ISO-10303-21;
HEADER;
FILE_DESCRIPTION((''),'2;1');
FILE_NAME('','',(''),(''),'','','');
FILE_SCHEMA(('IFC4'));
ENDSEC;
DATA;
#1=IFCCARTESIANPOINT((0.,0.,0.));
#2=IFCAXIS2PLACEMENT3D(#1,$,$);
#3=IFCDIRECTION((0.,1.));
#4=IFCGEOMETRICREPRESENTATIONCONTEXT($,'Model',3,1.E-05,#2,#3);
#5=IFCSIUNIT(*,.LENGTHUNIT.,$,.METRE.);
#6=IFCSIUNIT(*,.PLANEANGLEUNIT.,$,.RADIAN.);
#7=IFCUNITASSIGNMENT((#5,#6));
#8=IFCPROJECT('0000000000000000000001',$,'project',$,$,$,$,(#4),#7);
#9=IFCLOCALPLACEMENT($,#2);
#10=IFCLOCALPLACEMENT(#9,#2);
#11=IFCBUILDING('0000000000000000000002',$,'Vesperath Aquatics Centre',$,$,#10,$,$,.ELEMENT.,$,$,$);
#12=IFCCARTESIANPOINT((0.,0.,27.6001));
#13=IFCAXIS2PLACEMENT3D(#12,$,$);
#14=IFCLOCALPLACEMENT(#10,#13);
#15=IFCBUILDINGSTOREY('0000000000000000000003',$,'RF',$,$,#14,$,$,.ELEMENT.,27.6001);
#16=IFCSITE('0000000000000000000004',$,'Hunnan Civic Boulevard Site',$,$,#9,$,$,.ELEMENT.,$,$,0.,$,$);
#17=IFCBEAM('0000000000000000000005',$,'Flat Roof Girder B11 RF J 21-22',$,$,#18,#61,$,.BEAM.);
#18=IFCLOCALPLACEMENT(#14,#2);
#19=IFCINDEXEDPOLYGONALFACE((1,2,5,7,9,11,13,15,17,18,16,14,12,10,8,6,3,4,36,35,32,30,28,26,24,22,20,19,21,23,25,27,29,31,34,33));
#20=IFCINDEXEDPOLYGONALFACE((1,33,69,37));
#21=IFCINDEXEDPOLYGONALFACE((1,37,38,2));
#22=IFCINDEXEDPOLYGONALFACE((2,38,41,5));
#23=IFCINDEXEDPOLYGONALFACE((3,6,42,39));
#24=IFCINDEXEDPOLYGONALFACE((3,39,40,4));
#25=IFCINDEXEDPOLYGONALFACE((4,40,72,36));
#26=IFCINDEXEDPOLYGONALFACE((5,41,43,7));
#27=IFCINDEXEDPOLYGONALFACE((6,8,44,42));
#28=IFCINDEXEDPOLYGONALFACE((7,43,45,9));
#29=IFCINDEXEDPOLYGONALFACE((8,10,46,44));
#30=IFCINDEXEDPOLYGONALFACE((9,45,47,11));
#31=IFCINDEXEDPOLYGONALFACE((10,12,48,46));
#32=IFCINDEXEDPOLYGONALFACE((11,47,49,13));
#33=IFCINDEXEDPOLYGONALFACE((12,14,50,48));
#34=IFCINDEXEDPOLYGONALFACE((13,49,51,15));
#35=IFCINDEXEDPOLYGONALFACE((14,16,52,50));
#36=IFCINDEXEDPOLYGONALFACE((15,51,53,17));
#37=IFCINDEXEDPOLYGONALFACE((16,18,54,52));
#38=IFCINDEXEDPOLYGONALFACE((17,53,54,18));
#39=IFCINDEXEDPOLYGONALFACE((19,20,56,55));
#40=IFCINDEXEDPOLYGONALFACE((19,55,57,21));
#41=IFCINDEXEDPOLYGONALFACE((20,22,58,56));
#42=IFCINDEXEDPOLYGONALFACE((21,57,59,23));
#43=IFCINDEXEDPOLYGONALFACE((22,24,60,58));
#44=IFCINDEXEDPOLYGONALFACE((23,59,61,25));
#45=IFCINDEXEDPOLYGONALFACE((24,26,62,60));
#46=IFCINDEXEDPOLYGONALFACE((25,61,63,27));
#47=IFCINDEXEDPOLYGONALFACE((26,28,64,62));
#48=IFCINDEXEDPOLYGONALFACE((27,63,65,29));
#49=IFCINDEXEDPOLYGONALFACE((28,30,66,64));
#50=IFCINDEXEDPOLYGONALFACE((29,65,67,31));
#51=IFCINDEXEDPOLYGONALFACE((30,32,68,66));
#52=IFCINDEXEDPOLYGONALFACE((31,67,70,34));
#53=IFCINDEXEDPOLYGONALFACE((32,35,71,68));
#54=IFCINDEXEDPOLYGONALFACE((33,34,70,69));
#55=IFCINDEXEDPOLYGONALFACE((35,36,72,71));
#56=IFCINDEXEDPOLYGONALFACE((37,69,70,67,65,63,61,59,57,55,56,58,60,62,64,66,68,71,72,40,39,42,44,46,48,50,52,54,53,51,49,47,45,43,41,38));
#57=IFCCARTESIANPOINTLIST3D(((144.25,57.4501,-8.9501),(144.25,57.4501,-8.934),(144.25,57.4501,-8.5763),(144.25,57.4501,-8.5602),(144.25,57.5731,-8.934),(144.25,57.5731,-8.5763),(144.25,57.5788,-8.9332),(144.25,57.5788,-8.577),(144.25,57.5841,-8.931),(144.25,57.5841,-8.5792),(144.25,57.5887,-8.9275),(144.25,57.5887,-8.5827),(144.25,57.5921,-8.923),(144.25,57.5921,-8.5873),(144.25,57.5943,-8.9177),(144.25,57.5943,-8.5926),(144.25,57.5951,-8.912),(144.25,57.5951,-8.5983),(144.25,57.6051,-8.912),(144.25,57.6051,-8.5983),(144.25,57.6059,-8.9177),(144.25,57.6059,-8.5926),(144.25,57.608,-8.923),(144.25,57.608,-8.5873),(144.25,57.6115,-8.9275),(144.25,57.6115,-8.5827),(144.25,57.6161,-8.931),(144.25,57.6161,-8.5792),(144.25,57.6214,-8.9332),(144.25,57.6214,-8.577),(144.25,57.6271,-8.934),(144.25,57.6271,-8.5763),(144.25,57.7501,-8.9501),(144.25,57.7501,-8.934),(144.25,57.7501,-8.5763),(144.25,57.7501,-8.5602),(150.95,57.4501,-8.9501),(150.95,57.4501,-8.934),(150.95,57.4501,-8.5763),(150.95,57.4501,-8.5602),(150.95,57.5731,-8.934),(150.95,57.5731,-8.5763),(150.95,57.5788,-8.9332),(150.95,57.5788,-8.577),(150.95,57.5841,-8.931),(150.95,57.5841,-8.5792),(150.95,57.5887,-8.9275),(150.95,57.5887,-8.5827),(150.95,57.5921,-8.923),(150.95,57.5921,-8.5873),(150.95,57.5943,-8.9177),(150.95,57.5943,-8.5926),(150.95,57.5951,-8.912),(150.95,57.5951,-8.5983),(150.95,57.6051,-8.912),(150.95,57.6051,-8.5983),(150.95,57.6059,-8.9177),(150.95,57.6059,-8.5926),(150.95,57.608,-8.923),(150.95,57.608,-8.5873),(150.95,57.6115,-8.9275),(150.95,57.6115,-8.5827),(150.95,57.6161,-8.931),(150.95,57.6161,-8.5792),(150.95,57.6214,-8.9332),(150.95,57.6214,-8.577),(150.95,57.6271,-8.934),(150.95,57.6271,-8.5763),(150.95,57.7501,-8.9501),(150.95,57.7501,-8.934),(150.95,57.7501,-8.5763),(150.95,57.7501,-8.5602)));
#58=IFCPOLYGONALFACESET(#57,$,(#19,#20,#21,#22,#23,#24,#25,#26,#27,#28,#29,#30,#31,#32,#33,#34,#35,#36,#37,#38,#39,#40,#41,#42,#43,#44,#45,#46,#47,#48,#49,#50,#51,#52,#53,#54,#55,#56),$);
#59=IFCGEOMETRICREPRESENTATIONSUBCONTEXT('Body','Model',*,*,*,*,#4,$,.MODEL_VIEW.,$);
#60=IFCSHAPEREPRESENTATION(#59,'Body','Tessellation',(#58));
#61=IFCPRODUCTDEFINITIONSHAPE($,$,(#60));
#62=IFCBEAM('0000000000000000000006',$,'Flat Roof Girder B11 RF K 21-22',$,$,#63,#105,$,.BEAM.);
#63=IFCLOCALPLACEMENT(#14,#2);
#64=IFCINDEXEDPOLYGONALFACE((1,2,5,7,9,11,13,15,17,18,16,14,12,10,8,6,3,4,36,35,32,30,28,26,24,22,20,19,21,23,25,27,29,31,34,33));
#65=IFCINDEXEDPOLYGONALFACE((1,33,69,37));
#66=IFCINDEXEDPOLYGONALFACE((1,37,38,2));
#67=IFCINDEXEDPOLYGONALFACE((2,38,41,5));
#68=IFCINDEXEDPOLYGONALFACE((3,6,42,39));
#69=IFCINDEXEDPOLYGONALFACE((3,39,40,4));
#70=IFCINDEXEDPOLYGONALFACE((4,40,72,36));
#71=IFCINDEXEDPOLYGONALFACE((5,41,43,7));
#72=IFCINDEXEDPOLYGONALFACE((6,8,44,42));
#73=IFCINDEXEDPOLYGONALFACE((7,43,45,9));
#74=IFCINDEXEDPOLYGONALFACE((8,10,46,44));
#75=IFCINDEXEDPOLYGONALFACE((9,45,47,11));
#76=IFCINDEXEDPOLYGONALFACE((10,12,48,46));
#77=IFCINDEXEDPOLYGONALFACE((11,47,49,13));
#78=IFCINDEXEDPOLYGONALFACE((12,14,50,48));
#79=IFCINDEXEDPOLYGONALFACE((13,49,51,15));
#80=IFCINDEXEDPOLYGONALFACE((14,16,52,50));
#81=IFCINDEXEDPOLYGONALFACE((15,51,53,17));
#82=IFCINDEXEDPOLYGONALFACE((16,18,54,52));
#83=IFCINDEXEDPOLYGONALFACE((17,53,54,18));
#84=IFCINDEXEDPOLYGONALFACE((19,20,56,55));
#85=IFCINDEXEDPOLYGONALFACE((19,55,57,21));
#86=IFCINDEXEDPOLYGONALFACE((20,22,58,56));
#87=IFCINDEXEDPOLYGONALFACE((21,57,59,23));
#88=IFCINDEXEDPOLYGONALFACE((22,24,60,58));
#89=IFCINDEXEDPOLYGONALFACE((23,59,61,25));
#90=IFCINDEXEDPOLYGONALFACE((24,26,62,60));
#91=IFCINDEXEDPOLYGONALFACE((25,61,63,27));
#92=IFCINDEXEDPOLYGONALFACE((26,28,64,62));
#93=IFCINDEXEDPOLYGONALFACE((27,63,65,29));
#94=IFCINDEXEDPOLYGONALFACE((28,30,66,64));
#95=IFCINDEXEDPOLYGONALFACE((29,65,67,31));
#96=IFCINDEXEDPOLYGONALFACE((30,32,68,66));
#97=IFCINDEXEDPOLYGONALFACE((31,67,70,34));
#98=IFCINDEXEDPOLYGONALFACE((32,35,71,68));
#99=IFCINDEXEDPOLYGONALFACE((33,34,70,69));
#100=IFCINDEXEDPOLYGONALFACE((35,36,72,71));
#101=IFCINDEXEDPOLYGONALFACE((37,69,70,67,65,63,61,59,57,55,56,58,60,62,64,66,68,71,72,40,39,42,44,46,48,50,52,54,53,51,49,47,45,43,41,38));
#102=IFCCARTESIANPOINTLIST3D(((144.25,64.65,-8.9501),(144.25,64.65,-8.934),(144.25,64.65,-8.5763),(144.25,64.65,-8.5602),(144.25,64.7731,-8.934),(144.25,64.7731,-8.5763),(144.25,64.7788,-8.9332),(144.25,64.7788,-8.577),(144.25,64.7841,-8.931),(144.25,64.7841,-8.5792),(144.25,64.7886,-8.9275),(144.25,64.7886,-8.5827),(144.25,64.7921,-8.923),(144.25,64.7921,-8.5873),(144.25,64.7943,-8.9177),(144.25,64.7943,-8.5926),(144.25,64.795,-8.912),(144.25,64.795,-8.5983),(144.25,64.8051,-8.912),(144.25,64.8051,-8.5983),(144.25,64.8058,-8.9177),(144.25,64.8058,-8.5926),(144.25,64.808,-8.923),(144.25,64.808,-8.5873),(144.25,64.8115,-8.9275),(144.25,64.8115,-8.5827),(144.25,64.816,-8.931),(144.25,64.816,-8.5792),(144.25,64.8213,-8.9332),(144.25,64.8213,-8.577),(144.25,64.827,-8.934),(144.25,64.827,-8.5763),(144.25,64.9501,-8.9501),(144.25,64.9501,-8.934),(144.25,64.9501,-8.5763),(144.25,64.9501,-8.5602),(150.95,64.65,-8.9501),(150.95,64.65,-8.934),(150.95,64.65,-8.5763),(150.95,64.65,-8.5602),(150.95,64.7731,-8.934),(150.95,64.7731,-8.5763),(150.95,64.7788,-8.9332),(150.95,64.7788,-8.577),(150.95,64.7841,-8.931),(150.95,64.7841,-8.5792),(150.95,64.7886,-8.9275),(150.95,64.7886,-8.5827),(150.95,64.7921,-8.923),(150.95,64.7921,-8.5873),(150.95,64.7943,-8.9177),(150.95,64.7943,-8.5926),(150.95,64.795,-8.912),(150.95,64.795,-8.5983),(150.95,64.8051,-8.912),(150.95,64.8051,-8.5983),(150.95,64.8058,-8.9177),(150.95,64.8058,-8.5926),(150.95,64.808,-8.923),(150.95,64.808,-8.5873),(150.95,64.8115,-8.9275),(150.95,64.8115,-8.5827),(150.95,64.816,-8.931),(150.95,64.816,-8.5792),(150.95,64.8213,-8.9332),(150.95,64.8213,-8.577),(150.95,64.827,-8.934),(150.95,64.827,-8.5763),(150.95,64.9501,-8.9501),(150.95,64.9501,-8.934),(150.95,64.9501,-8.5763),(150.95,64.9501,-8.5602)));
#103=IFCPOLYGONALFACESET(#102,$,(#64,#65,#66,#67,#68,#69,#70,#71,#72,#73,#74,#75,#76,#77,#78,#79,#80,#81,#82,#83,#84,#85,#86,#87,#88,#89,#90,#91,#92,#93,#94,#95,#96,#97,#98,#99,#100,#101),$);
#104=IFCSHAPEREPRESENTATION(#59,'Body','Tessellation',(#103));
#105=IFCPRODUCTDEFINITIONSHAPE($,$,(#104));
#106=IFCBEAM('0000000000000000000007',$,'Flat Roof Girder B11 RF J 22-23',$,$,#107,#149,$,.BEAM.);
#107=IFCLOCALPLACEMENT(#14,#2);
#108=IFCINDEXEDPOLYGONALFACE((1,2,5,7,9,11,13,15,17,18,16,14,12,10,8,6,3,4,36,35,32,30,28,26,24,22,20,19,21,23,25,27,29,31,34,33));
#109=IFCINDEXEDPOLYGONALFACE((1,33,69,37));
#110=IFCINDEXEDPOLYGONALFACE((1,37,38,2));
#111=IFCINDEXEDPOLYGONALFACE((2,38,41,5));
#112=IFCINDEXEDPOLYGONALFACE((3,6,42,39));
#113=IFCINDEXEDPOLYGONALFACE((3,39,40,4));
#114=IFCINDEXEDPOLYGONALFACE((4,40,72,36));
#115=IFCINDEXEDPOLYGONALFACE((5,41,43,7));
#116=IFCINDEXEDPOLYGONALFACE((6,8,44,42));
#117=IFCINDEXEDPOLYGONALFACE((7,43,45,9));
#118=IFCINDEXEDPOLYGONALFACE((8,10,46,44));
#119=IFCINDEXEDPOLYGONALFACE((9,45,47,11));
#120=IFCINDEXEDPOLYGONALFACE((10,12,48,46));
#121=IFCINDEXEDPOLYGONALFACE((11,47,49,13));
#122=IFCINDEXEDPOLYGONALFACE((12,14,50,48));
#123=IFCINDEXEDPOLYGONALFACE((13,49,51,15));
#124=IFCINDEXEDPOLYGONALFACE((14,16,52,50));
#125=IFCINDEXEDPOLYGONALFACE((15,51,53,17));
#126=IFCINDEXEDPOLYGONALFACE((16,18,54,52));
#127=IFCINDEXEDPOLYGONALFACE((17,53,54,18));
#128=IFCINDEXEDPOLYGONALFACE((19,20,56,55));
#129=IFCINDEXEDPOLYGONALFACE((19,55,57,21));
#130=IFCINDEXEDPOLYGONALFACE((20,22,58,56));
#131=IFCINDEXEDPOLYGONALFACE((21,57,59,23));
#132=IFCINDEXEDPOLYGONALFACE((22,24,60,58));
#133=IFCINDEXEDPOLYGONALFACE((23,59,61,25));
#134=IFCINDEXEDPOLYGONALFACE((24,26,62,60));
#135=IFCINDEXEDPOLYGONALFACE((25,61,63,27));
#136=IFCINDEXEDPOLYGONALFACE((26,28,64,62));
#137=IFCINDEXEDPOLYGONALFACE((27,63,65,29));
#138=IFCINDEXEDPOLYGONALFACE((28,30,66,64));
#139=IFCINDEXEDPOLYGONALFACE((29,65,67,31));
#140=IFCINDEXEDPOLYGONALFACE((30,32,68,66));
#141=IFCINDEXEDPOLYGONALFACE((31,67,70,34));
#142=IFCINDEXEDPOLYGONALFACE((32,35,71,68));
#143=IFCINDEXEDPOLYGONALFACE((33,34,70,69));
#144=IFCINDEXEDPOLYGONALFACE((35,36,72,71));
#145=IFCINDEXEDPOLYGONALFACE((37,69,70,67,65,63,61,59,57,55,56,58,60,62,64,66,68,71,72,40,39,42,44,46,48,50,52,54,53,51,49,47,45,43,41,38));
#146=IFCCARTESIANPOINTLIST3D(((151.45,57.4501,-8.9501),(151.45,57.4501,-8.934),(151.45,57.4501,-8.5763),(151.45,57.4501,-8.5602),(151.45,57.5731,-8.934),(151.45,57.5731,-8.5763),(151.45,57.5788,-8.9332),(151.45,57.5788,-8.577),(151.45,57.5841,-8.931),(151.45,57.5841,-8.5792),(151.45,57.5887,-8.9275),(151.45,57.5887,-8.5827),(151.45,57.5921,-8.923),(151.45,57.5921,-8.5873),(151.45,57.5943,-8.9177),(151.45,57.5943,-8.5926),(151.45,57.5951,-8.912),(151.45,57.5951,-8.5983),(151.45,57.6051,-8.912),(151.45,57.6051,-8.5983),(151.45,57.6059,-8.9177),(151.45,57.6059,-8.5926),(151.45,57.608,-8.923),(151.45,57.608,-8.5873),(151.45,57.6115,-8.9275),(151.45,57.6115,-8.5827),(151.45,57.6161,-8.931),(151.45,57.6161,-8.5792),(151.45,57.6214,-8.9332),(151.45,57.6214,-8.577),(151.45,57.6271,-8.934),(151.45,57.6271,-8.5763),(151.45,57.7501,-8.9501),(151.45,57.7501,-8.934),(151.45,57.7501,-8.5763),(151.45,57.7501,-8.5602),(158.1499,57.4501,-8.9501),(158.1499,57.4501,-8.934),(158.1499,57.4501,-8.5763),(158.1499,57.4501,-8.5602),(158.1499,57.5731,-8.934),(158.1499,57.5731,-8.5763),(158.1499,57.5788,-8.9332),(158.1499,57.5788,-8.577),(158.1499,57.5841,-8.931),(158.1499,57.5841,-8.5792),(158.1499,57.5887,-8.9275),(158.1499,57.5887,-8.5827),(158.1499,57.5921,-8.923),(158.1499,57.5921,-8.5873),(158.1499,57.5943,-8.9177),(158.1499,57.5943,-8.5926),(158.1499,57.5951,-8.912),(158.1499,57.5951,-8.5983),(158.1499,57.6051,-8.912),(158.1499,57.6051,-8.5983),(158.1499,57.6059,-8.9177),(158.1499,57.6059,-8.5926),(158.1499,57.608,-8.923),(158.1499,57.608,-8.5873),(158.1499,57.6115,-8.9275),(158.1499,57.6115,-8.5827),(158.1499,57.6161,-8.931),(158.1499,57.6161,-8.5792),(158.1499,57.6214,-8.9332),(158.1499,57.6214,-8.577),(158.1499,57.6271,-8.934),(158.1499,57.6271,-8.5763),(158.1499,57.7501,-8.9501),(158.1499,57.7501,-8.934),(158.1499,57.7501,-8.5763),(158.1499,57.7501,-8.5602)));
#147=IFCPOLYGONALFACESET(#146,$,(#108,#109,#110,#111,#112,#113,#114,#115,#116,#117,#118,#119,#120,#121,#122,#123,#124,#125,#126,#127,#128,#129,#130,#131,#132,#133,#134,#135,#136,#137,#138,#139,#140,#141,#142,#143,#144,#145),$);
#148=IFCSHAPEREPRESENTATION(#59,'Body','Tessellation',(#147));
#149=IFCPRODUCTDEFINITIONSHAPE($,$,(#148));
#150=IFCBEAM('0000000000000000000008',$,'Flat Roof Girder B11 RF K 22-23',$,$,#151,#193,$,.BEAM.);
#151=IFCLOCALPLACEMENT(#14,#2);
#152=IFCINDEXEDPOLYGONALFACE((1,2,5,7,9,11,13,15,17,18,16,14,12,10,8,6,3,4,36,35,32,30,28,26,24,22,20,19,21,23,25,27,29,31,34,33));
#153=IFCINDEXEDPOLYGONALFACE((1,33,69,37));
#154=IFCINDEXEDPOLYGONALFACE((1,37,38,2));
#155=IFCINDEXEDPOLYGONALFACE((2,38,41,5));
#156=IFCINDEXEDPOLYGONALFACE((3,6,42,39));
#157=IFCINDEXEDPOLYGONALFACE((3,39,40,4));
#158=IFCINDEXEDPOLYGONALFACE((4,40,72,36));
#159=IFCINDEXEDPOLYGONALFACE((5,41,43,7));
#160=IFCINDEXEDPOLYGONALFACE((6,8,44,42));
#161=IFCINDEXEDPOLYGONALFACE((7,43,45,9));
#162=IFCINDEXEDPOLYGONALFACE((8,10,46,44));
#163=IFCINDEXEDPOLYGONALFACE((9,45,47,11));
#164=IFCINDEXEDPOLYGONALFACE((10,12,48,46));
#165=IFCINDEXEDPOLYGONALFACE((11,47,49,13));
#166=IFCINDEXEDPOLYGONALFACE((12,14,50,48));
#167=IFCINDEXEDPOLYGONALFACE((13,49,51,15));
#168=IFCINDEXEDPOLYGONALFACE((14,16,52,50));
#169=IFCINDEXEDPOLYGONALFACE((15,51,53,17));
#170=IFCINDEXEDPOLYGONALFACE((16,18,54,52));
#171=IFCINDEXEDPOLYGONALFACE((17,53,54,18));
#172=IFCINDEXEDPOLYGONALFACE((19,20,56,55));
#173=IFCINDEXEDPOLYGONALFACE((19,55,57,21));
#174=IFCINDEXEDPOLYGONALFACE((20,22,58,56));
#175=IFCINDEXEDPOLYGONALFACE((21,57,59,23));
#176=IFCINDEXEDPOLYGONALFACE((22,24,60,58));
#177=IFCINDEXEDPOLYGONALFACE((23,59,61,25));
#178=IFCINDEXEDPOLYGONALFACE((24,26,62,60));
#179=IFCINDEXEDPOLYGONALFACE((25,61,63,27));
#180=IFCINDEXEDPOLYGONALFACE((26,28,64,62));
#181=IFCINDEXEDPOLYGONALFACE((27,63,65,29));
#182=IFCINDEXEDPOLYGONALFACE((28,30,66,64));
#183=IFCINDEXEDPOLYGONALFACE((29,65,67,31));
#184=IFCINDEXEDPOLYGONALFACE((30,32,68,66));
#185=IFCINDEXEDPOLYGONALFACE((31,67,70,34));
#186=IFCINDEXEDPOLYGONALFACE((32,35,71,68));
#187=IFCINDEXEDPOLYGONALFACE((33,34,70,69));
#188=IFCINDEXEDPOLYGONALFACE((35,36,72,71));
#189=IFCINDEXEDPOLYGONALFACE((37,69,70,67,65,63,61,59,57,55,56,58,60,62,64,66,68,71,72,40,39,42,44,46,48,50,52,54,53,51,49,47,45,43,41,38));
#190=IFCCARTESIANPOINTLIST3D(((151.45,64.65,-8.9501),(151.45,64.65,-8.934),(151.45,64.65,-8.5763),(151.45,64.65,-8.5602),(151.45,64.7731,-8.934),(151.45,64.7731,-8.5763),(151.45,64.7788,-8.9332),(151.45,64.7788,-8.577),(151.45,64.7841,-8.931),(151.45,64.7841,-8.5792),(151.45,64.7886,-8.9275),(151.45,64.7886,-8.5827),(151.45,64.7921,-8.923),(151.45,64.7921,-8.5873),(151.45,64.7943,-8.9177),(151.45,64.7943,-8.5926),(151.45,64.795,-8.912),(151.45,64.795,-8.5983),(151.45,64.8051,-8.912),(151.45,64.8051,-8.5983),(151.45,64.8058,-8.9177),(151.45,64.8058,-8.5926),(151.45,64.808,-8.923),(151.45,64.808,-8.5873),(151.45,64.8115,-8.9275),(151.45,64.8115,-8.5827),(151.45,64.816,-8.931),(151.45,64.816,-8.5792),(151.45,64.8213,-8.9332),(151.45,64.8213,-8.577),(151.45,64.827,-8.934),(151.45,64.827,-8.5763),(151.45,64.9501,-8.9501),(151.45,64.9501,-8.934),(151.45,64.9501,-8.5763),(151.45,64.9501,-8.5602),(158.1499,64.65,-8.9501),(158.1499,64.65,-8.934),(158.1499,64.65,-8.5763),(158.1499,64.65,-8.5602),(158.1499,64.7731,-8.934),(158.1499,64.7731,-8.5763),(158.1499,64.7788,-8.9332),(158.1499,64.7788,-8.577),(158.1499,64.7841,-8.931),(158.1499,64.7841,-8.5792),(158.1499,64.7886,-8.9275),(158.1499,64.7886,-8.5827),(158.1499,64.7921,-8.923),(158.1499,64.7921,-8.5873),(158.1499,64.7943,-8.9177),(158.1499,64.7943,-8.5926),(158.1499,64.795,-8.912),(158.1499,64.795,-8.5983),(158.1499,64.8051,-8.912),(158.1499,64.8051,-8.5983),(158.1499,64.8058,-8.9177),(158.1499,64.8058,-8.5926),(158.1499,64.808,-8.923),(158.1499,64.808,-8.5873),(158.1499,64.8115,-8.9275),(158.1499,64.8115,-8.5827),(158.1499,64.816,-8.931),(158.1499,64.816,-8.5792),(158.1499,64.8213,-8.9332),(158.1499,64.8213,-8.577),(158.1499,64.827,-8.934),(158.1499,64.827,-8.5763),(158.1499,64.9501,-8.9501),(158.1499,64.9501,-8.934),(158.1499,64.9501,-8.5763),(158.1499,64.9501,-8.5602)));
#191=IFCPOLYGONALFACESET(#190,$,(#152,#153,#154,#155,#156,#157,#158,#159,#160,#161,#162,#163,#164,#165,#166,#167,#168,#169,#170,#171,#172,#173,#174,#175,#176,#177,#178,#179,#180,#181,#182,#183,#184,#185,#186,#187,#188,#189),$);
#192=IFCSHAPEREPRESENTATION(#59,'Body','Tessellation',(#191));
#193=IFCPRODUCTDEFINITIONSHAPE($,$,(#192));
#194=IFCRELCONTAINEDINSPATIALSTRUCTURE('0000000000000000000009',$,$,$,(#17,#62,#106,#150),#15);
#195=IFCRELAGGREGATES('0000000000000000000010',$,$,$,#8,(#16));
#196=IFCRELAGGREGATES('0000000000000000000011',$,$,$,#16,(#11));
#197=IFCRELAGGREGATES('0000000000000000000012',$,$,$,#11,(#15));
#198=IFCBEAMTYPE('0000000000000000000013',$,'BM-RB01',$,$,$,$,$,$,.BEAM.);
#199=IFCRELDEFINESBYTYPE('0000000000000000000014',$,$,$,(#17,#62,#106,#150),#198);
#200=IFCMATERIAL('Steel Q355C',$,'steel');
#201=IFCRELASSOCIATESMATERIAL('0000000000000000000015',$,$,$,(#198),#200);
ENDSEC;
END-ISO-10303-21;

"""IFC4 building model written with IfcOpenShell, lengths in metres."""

from ifc_helpers import new_model, si_unit, direction, frame, origin, origin_2d, place, context, subcontext, project, spatial, i_section, extrude, material, material_profile, profile_set, type_object, element, save


model = new_model("IFC4")

# Units and contexts
model_context = context("Model", 3, precision=1e-05, world=origin(), true_north=direction((0.0, 1.0)))
body_context = subcontext(model_context, "Body", "Model", "MODEL_VIEW")
ifc_project = project(units=[si_unit("LENGTHUNIT", "METRE"), si_unit("PLANEANGLEUNIT", "RADIAN")], contexts=[model_context])

# Site, building, storey
site_placement = place(None, origin())
site = spatial("IfcSite", under=ifc_project, at=site_placement, Name="Hunnan Civic Boulevard Site", CompositionType="ELEMENT", RefElevation=0.0)
building_placement = place(site_placement, origin())
building = spatial("IfcBuilding", under=site, at=building_placement, Name="Vesperath Aquatics Centre", CompositionType="ELEMENT")
storey_placement = place(building_placement, frame((0.0, 0.0, 27.6001)))
storey = spatial("IfcBuildingStorey", under=building, at=storey_placement, Name="RF", CompositionType="ELEMENT", Elevation=27.6001)

# Beams
ifc_material = material(Name="Steel Q355C", Category="steel")
ifc_material_profile = material_profile(ifc_material, i_section(OverallWidth=0.3, OverallDepth=0.3899, WebThickness=0.01, FlangeThickness=0.0161, FilletRadius=0.022, at=origin_2d()), Name="HM 390x300x10x16")
ifc_profile_set = profile_set([ifc_material_profile], Name="Steel Q355C")
beam_type = type_object("IfcBeamType", Name="BM-RB01", PredefinedType="BEAM", material=ifc_profile_set)
for number, where, z_axis, x_axis, name in (
    (1, (144.25, 57.6001, -8.7551), (1.0, 0.0, 0.0), (0.0, 1.0, 0.0), "Flat Roof Girder B11 RF J 21-22"),
    (2, (144.25, 64.8, -8.7551), (1.0, 0.0, 0.0), (0.0, 1.0, 0.0), "Flat Roof Girder B11 RF K 21-22"),
    (3, (151.45, 57.6001, -8.7551), (1.0, 0.0, 0.0), (0.0, 1.0, 0.0), "Flat Roof Girder B11 RF J 22-23"),
    (4, (151.45, 64.8, -8.7551), (1.0, 0.0, 0.0), (0.0, 1.0, 0.0), "Flat Roof Girder B11 RF K 22-23"),
):
    element("IfcBeam", number, at=place(storey_placement, frame(where, z_axis=z_axis, x_axis=x_axis)), inside=storey, type_object=beam_type, Name=name, PredefinedType="BEAM", context=body_context, shape_type="SweptSolid", body=[
        extrude(i_section(OverallWidth=0.3, OverallDepth=0.3899, WebThickness=0.01, FlangeThickness=0.0161, FilletRadius=0.022, at=origin_2d()), origin(), (0.0, 0.0, 1.0), 6.7),
    ])

save(model, "model.ifc")
